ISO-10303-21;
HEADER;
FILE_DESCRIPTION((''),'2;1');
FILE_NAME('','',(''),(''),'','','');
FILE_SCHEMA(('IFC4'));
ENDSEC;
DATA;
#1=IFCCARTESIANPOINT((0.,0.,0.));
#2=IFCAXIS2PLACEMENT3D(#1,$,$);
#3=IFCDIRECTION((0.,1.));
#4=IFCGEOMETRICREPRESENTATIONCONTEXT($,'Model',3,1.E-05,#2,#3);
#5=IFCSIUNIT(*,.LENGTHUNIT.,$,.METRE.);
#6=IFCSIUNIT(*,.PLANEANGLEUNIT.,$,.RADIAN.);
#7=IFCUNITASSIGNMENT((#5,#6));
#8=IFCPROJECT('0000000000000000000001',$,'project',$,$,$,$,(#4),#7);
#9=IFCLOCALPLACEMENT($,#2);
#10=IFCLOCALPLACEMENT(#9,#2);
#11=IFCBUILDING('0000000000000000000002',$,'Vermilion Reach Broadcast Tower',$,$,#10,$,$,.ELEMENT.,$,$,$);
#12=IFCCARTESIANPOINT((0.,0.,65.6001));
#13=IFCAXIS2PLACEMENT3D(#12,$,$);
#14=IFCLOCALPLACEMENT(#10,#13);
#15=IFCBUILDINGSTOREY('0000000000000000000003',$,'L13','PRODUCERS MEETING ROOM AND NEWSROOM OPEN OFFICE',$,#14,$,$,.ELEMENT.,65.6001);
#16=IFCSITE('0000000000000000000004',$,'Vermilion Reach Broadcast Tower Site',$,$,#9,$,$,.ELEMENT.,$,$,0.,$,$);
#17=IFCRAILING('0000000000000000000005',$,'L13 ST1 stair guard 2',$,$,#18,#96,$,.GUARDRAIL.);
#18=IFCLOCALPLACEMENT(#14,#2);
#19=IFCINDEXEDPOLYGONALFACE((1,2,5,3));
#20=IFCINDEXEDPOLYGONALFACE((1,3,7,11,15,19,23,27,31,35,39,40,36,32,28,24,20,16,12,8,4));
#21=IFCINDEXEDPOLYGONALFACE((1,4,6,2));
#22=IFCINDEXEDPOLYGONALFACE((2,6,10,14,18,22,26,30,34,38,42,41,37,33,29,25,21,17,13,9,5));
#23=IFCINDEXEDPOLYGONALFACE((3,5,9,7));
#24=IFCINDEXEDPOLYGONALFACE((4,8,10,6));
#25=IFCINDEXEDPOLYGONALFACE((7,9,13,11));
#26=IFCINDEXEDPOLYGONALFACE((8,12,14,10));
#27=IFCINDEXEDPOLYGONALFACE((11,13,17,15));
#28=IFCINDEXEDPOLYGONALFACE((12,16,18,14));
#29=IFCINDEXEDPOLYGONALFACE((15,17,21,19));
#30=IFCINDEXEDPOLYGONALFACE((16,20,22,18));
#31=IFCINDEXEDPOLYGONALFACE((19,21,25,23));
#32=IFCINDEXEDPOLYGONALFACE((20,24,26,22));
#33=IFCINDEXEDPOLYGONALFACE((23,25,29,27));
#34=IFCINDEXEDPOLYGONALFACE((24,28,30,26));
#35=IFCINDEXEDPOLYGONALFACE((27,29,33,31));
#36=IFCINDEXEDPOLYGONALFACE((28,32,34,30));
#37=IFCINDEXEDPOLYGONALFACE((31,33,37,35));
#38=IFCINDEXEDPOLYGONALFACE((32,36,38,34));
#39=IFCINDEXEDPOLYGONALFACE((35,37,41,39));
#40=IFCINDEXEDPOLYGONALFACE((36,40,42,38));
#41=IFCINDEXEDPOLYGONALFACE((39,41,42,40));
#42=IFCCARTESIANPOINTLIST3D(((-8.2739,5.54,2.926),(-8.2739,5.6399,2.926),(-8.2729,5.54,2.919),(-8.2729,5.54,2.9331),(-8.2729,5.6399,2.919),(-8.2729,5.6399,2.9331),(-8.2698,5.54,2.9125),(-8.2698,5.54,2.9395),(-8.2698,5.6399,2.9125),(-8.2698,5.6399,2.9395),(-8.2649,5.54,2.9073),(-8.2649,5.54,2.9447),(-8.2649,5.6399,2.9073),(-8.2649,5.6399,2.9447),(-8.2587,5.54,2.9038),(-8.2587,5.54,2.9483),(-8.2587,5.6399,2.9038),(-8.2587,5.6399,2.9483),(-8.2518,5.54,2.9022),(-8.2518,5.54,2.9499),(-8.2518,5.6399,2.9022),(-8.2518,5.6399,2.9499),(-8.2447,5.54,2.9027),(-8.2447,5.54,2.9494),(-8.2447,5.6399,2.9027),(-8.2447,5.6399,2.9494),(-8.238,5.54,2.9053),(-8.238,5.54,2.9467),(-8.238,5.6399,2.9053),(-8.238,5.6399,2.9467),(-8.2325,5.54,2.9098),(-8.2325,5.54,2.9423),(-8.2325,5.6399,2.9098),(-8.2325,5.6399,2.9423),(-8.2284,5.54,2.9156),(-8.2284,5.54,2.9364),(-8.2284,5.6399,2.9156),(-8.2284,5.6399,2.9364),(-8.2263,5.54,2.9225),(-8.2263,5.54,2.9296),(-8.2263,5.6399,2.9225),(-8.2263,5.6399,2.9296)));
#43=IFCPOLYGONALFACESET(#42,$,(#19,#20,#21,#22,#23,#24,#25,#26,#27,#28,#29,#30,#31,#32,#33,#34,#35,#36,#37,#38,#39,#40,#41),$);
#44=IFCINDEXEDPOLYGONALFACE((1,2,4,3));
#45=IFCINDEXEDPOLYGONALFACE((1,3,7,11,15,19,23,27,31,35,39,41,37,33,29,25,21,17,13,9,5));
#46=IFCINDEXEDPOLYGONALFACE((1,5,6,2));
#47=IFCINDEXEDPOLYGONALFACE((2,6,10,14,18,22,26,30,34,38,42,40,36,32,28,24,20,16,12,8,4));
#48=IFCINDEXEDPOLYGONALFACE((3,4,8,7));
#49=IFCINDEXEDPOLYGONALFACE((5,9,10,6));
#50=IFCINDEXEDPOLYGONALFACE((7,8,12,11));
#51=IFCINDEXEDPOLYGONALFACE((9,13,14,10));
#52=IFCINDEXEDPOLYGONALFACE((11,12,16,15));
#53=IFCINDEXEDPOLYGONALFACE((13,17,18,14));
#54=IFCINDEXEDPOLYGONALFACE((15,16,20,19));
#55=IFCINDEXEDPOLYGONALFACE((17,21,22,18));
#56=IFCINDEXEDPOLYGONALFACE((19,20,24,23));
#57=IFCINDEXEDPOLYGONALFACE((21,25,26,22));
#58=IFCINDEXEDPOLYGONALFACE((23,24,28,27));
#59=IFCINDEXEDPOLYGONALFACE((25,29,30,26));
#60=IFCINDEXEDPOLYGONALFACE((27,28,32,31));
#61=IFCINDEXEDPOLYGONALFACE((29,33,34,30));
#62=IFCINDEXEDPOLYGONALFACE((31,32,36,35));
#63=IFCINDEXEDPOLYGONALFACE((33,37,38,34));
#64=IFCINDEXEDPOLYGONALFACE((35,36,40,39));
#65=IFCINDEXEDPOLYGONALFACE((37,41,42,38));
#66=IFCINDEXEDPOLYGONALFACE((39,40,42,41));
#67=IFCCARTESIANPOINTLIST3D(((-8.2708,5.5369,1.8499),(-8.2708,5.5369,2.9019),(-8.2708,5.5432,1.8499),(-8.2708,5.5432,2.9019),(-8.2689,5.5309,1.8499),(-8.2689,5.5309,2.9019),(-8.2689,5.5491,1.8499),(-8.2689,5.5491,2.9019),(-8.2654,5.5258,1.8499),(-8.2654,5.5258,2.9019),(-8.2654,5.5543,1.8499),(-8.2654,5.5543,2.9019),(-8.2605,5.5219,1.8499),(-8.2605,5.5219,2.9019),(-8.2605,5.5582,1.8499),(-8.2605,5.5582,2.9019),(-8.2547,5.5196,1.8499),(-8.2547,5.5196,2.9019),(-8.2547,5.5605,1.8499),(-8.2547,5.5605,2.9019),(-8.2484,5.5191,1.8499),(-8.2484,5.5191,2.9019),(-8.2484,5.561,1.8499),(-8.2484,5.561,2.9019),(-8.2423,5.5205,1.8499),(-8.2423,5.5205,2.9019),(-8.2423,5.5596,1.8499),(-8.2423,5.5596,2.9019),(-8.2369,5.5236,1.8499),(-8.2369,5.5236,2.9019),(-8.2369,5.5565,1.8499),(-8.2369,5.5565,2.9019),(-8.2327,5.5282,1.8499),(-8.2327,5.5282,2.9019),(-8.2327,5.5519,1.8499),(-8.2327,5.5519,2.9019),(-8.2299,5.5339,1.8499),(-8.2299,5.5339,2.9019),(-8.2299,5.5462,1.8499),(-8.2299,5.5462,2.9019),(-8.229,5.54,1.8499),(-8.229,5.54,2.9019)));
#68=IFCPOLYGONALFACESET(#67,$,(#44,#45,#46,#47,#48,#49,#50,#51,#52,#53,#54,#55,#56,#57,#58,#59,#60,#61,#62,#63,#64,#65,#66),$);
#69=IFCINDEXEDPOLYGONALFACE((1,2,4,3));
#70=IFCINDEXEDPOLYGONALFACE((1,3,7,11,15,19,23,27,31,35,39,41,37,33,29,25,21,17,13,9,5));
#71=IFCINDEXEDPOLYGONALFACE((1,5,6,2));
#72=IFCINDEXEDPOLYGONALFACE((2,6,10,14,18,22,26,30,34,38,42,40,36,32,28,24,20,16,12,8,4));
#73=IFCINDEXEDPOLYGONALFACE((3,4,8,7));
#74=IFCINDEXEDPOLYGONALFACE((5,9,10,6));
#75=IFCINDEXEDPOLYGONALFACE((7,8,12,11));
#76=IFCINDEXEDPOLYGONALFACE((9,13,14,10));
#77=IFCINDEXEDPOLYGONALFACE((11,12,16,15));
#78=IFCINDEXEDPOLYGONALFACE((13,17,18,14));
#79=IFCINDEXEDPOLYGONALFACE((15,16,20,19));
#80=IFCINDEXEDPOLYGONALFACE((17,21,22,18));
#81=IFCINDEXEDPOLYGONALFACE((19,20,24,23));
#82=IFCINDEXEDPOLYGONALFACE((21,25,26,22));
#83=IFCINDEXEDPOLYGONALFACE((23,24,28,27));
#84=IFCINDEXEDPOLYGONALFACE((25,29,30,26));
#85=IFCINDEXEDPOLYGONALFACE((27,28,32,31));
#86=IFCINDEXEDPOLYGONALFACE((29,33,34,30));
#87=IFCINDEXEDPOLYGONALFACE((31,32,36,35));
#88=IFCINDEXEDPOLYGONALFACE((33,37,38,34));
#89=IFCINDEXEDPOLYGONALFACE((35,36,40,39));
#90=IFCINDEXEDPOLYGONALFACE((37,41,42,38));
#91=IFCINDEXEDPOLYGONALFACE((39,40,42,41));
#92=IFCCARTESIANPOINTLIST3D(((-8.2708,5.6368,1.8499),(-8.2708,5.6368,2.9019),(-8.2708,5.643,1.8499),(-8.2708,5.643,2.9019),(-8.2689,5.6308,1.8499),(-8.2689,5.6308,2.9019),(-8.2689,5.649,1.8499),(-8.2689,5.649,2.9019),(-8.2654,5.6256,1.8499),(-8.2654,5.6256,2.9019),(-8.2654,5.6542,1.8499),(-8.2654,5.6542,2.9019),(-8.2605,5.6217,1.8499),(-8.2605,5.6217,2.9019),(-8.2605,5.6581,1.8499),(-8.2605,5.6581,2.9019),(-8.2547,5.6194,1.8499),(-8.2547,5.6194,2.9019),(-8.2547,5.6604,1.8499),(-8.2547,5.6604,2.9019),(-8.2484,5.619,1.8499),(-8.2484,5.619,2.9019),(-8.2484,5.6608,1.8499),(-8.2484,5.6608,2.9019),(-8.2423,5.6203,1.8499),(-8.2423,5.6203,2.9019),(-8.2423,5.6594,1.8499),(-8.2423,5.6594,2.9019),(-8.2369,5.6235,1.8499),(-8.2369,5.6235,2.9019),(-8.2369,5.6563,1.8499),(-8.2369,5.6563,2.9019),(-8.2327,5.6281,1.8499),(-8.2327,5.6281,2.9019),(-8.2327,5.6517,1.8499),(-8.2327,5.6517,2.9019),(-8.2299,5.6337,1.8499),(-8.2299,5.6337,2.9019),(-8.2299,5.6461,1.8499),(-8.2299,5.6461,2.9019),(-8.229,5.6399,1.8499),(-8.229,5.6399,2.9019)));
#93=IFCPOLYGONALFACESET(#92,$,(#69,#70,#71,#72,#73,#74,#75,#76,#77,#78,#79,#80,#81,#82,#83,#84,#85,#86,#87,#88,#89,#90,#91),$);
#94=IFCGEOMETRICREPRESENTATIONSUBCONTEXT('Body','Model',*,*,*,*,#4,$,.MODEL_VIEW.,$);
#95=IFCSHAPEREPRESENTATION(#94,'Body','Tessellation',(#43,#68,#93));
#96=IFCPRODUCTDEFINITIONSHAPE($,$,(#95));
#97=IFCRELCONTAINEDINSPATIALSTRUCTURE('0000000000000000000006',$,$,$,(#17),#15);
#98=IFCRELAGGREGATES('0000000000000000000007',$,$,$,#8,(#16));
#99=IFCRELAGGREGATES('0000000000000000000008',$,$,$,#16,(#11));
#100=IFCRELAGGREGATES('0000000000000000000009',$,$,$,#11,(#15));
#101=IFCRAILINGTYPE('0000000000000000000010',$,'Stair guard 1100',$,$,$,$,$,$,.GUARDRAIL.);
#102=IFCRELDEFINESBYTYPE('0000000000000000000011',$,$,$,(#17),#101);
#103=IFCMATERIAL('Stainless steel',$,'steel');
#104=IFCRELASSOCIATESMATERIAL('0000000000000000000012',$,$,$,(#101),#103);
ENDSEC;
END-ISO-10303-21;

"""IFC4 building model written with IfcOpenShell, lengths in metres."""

from ifc_helpers import new_model, si_unit, direction, frame, origin, origin_2d, place, context, subcontext, project, spatial, circle, extrude, material, type_object, element, save


model = new_model("IFC4")

# Units and contexts
model_context = context("Model", 3, precision=1e-05, world=origin(), true_north=direction((0.0, 1.0)))
body_context = subcontext(model_context, "Body", "Model", "MODEL_VIEW")
ifc_project = project(units=[si_unit("LENGTHUNIT", "METRE"), si_unit("PLANEANGLEUNIT", "RADIAN")], contexts=[model_context])

# Site, building, storey
site_placement = place(None, origin())
site = spatial("IfcSite", under=ifc_project, at=site_placement, Name="Vermilion Reach Broadcast Tower Site", CompositionType="ELEMENT", RefElevation=0.0)
building_placement = place(site_placement, origin())
building = spatial("IfcBuilding", under=site, at=building_placement, Name="Vermilion Reach Broadcast Tower", CompositionType="ELEMENT")
storey_placement = place(building_placement, frame((0.0, 0.0, 65.6001)))
storey = spatial("IfcBuildingStorey", under=building, at=storey_placement, Name="L13", Description="PRODUCERS MEETING ROOM AND NEWSROOM OPEN OFFICE", CompositionType="ELEMENT", Elevation=65.6001)

# Railing
ifc_material_1 = material(Name="Stainless steel", Category="steel")
railing_type_1 = type_object("IfcRailingType", Name="Stair guard 1100", PredefinedType="GUARDRAIL", material=ifc_material_1)
railing_1_placement = place(storey_placement, frame((-8.25, 5.54, 1.8499)))
element("IfcRailing", 1, at=railing_1_placement, inside=storey, type_object=railing_type_1, Name="L13 ST1 stair guard 2", PredefinedType="GUARDRAIL", context=body_context, shape_type="SweptSolid", body=[
    extrude(circle(Radius=0.0239, at=origin_2d()), frame((0.0, 0.0, 1.0762), z_axis=(0.0, 1.0, 0.0), x_axis=(-1.0, 0.0, 0.0)), (0.0, 0.0, 1.0), 0.0999),
    extrude(circle(Radius=0.021, at=origin_2d()), origin(), (0.0, 0.0, 1.0), 1.052),
    extrude(circle(Radius=0.021, at=origin_2d()), frame((0.0, 0.0999, 0.0)), (0.0, 0.0, 1.0), 1.052),
])

save(model, "model.ifc")
